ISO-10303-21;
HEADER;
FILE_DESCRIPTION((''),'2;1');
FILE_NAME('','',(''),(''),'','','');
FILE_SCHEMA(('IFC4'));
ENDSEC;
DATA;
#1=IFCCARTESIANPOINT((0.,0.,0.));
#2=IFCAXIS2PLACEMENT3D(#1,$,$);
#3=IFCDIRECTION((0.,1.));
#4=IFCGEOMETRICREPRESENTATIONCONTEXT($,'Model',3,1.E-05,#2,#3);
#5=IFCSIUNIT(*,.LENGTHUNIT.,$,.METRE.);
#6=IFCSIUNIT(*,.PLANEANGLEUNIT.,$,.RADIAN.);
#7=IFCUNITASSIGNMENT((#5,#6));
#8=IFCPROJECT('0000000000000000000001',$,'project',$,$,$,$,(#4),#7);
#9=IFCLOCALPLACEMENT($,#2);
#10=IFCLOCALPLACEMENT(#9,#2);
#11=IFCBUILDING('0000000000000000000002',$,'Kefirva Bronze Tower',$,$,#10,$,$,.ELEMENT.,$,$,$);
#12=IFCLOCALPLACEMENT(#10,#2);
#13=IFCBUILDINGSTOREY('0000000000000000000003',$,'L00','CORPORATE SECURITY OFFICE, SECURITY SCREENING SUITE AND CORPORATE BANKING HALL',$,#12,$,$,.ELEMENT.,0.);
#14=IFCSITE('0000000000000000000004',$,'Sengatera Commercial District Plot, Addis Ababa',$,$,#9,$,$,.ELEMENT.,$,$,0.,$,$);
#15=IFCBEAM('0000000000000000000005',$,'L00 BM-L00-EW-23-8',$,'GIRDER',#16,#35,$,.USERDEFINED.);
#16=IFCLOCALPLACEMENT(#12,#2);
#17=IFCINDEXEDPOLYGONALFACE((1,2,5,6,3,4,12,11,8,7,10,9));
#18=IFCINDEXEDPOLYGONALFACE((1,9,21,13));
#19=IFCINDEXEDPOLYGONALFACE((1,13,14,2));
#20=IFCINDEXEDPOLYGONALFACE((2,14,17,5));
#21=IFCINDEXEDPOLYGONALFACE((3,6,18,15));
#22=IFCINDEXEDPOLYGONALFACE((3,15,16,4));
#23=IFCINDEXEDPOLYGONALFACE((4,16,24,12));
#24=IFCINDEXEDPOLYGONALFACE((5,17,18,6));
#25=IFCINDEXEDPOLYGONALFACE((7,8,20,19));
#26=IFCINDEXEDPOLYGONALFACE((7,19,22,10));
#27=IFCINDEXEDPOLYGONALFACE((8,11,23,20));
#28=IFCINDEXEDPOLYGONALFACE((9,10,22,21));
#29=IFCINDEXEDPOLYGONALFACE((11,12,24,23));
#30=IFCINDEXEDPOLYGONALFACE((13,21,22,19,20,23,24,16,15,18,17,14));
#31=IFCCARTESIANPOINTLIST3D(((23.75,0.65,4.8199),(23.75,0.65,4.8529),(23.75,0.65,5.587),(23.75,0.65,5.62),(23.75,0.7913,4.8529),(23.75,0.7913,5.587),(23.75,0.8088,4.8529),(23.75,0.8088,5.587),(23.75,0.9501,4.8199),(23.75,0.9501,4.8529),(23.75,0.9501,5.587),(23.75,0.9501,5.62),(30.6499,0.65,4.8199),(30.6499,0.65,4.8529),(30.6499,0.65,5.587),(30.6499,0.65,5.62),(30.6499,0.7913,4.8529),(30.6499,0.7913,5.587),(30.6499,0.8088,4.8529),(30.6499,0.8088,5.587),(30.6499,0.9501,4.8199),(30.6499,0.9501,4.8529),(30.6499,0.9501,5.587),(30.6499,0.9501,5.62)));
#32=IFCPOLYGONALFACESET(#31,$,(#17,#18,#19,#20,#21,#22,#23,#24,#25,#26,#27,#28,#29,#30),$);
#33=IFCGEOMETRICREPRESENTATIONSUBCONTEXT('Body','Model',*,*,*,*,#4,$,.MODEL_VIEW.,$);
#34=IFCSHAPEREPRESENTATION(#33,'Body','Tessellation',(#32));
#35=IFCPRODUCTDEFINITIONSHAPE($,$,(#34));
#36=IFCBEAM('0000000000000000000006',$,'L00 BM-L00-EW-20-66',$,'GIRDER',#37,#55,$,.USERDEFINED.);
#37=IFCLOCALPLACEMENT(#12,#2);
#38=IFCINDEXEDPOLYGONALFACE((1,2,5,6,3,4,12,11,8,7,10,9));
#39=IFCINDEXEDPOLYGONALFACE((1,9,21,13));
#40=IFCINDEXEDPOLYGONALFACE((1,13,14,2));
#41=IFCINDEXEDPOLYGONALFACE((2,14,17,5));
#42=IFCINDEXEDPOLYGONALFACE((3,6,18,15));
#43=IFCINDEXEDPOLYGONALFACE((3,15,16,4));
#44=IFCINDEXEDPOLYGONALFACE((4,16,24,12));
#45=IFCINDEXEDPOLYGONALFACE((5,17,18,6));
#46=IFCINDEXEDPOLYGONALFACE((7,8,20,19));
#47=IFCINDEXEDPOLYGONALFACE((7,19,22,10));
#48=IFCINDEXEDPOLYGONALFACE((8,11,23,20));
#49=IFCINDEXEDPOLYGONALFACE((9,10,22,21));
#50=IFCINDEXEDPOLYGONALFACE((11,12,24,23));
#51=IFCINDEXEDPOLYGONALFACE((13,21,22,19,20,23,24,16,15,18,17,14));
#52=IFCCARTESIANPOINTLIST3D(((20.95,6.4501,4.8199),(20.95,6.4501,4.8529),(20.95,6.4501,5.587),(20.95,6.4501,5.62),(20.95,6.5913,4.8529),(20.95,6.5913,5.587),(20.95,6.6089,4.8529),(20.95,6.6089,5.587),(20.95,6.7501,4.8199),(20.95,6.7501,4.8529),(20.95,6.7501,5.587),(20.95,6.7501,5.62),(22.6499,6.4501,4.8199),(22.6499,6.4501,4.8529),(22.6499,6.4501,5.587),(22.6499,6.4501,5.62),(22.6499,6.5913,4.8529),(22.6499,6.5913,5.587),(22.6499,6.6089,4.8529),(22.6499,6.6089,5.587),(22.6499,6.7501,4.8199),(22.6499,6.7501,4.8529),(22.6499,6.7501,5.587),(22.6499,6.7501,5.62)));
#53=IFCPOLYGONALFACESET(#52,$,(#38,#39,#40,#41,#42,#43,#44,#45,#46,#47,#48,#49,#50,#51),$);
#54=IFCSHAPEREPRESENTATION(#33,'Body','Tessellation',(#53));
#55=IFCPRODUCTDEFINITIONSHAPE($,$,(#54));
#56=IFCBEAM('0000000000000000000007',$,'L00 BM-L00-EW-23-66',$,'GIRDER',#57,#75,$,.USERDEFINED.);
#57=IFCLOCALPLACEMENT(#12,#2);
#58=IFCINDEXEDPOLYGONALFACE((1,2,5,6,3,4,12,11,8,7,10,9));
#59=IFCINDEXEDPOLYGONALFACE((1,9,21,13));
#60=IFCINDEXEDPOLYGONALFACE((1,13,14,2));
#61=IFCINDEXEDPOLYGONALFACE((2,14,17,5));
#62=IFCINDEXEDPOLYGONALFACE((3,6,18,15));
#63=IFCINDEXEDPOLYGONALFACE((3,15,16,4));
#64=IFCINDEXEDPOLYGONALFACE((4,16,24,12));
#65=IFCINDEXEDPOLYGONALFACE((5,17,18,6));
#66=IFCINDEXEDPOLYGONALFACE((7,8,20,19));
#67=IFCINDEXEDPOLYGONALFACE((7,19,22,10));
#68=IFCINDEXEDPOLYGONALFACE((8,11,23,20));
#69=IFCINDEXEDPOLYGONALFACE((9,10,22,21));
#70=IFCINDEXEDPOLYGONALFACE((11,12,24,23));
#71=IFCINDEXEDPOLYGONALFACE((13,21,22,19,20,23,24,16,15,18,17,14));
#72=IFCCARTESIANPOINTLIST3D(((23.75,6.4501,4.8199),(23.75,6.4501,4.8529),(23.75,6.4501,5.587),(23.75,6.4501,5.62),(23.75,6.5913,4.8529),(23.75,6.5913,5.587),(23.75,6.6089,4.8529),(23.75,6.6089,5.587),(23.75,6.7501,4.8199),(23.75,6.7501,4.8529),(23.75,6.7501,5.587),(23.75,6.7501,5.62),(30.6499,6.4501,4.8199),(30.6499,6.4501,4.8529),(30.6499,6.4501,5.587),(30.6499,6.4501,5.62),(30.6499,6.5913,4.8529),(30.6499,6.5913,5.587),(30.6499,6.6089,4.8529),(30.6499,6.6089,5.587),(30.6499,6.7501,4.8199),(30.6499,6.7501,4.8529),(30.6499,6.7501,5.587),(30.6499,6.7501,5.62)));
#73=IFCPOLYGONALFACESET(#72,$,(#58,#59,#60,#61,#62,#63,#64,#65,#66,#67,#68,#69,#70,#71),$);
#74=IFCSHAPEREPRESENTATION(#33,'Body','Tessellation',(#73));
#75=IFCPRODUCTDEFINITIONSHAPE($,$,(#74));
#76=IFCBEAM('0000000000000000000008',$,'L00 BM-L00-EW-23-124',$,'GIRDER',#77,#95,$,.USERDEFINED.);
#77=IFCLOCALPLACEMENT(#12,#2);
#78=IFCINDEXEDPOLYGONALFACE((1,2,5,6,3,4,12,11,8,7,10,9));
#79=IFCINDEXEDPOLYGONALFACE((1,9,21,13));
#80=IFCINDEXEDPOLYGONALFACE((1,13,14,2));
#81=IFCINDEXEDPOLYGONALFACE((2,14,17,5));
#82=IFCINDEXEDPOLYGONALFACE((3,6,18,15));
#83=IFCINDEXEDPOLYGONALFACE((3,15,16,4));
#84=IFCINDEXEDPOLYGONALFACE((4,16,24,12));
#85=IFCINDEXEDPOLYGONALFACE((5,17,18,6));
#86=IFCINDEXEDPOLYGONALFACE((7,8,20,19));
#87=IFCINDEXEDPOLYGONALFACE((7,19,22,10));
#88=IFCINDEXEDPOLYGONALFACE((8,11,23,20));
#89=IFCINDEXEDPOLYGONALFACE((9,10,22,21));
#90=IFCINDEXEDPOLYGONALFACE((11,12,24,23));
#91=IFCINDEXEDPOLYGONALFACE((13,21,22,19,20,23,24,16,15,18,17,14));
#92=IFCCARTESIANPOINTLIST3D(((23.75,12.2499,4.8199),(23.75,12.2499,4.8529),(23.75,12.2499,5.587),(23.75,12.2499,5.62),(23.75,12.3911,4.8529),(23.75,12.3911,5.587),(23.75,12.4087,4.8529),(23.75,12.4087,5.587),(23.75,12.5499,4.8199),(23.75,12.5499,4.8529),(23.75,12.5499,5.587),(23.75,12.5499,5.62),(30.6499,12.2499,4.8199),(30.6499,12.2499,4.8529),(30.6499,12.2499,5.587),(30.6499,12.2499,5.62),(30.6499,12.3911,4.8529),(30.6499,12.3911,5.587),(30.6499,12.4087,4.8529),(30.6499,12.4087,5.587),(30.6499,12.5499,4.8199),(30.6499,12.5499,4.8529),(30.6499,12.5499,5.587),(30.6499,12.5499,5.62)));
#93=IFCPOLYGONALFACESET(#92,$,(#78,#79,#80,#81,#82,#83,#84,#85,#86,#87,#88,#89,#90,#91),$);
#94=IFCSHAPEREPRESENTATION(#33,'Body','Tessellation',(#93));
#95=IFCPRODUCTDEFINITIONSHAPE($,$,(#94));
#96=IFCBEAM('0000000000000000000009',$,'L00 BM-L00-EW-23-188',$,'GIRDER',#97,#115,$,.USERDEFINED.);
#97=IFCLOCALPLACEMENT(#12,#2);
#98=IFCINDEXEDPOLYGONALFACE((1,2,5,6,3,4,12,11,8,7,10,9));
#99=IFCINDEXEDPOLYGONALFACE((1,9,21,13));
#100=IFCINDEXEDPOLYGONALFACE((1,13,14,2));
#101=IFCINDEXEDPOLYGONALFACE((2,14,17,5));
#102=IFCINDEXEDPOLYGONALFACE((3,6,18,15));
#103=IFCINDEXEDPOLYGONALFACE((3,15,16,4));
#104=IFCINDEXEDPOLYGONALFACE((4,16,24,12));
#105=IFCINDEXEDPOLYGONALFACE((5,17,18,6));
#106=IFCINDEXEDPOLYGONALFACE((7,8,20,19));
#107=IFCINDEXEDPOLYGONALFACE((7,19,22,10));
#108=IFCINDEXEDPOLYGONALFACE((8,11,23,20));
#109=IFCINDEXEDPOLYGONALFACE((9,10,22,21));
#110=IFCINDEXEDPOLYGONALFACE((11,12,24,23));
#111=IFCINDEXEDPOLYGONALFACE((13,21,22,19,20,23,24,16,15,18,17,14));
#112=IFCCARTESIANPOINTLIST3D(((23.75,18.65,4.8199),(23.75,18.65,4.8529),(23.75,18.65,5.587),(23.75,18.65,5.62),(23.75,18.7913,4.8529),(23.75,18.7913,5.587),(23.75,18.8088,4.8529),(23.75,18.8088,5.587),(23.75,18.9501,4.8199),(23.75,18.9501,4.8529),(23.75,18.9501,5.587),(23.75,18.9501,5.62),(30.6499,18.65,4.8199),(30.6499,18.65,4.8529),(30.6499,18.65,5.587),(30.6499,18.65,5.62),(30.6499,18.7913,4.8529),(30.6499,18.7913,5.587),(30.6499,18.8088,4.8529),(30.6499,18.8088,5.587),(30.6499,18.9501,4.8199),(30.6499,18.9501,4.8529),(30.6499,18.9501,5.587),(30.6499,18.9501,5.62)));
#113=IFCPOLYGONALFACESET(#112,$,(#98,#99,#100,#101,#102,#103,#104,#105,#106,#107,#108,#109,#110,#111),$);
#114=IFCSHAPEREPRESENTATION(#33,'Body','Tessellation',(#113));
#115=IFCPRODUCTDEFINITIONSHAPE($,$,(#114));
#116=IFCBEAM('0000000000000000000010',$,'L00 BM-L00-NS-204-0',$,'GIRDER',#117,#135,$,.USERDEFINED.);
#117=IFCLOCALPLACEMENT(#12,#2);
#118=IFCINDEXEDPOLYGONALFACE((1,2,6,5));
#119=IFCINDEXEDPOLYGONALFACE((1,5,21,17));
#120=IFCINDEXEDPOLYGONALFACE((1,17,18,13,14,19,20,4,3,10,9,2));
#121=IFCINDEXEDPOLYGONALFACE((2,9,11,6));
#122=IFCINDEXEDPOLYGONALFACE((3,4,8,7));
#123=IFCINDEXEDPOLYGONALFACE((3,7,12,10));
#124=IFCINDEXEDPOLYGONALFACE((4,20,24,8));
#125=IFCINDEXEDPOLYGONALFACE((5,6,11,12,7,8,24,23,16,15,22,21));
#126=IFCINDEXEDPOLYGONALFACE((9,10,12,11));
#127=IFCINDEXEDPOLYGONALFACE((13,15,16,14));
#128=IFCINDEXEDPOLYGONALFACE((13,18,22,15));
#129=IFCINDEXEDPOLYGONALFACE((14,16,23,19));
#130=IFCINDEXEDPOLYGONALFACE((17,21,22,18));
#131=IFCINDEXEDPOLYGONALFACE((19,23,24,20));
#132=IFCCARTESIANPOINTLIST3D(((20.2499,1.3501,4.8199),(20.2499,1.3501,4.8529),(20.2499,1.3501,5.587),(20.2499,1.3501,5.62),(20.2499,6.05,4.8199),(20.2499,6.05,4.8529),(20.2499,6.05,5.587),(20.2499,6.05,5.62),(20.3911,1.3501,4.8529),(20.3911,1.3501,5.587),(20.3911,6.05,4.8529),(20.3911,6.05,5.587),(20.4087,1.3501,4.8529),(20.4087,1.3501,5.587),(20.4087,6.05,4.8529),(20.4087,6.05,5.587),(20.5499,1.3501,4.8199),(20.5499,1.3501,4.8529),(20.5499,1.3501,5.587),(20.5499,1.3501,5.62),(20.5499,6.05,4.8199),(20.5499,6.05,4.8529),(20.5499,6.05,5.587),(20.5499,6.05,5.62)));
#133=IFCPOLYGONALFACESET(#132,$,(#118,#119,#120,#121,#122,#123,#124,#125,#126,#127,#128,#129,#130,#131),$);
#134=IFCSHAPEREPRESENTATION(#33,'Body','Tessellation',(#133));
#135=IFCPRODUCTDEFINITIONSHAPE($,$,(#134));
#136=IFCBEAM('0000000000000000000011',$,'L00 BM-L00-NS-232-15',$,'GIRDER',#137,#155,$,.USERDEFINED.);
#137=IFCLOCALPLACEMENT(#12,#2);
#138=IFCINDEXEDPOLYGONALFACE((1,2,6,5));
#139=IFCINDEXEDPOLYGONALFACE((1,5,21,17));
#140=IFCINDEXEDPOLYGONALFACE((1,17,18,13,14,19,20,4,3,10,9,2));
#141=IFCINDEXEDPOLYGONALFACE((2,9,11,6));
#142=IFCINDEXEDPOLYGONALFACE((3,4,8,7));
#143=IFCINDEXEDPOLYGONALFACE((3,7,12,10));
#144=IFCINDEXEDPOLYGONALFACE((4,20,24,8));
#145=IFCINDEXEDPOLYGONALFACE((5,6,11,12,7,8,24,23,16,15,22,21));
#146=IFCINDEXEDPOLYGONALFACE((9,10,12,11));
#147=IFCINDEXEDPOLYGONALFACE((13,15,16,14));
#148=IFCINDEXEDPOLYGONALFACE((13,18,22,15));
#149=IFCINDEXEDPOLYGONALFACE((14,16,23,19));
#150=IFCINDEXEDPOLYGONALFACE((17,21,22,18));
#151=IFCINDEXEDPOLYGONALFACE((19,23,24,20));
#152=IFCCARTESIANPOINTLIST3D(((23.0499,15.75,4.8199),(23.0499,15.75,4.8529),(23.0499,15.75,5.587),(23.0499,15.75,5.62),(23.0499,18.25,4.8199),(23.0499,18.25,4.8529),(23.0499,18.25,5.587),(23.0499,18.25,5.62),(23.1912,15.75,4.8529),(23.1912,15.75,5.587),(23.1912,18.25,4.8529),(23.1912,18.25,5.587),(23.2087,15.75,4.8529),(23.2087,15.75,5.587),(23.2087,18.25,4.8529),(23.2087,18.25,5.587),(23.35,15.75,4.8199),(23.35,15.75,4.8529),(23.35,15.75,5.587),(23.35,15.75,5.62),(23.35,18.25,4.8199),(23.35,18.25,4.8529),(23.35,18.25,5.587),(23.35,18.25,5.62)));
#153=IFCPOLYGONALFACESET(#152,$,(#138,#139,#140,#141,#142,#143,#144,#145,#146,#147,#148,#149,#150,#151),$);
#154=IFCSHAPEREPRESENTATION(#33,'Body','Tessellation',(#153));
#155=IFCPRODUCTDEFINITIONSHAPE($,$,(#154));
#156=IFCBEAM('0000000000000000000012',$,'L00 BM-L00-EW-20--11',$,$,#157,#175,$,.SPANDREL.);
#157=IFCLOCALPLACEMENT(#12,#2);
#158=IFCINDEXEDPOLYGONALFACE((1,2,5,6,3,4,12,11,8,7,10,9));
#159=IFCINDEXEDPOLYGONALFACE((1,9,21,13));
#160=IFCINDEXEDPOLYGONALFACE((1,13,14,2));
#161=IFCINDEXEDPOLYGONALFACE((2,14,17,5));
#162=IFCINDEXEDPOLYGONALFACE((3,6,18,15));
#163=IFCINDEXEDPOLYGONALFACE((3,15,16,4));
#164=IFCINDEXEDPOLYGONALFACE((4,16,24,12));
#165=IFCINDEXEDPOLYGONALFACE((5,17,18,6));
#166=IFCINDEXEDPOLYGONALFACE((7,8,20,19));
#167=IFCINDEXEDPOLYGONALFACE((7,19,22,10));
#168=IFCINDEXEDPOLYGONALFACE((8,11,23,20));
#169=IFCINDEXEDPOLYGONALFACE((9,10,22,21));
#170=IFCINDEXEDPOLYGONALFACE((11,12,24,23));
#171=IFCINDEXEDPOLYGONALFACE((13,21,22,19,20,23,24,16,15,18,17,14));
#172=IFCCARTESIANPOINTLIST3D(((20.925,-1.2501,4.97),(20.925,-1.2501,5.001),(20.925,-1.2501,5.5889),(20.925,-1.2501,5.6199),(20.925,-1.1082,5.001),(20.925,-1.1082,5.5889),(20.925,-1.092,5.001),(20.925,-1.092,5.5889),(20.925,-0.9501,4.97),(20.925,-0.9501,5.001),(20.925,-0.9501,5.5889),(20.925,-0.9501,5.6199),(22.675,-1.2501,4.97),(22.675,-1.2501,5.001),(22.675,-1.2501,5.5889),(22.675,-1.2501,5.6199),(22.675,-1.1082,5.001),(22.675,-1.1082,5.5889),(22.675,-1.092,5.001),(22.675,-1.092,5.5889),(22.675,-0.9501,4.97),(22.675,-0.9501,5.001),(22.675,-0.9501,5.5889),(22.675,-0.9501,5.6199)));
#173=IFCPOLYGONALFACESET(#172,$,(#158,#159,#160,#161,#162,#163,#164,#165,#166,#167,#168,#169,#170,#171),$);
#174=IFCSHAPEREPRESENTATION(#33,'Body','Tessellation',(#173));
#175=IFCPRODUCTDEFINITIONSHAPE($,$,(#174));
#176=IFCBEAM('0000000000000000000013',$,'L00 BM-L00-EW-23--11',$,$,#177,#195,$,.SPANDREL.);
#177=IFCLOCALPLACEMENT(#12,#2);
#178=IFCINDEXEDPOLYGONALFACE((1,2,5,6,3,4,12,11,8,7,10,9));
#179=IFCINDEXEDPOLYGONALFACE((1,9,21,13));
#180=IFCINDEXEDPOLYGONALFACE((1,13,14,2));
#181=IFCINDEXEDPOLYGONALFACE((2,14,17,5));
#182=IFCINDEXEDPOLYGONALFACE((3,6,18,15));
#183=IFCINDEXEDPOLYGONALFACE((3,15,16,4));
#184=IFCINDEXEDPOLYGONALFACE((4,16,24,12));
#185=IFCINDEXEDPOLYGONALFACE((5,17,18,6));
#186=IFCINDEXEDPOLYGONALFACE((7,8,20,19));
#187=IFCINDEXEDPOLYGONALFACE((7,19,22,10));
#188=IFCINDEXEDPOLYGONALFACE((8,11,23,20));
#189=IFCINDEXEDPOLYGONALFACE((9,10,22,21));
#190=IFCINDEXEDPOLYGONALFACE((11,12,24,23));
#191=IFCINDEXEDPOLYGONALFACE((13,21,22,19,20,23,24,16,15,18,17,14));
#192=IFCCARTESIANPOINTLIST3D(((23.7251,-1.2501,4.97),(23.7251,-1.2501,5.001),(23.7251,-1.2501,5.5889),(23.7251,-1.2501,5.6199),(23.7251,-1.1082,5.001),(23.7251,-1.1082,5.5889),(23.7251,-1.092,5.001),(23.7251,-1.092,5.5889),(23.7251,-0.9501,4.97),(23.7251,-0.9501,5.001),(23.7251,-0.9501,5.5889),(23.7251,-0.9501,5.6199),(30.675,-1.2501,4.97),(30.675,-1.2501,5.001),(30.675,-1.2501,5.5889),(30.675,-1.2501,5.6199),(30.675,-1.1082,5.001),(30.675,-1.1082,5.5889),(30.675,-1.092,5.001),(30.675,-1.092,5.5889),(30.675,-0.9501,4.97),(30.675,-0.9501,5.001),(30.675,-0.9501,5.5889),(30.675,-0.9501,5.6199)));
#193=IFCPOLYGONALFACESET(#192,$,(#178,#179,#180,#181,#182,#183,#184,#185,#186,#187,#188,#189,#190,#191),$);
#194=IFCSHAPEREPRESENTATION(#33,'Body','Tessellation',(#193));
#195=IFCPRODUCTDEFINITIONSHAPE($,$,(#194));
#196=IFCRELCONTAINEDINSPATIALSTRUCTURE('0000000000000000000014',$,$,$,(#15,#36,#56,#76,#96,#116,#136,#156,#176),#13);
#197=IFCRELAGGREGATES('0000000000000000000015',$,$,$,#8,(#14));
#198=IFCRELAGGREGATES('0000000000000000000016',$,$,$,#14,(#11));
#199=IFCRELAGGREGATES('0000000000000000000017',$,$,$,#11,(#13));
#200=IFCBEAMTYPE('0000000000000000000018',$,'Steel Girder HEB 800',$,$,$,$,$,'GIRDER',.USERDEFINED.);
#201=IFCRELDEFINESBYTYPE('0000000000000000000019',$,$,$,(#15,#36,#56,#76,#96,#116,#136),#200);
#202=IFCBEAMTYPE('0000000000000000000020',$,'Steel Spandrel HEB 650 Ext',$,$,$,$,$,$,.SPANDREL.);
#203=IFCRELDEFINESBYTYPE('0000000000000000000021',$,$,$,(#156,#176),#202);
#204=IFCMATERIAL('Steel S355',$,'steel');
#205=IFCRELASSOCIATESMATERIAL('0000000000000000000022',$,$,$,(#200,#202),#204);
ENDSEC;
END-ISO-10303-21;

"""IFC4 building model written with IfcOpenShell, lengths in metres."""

from ifc_helpers import new_model, si_unit, direction, frame, origin, origin_2d, place, context, subcontext, project, spatial, i_section, extrude, material, material_profile, profile_set, type_object, element, save


model = new_model("IFC4")

# Units and contexts
model_context = context("Model", 3, precision=1e-05, world=origin(), true_north=direction((0.0, 1.0)))
body_context = subcontext(model_context, "Body", "Model", "MODEL_VIEW")
ifc_project = project(units=[si_unit("LENGTHUNIT", "METRE"), si_unit("PLANEANGLEUNIT", "RADIAN")], contexts=[model_context])

# Site, building, storey
site_placement = place(None, origin())
site = spatial("IfcSite", under=ifc_project, at=site_placement, Name="Sengatera Commercial District Plot, Addis Ababa", CompositionType="ELEMENT", RefElevation=0.0)
building_placement = place(site_placement, origin())
building = spatial("IfcBuilding", under=site, at=building_placement, Name="Kefirva Bronze Tower", CompositionType="ELEMENT")
storey_placement = place(building_placement, origin())
storey = spatial("IfcBuildingStorey", under=building, at=storey_placement, Name="L00", Description="CORPORATE SECURITY OFFICE, SECURITY SCREENING SUITE AND CORPORATE BANKING HALL", CompositionType="ELEMENT", Elevation=0.0)

# Beams
ifc_material_1 = material(Name="Steel S355", Category="steel")
ifc_material_profile_1 = material_profile(ifc_material_1, i_section(OverallWidth=0.3, OverallDepth=0.8, WebThickness=0.0176, FlangeThickness=0.033, at=origin_2d()), Name="HEB 800")
ifc_profile_set_1 = profile_set([ifc_material_profile_1], Name="Steel S355")
beam_type_1 = type_object("IfcBeamType", Name="Steel Girder HEB 800", ElementType="GIRDER", PredefinedType="USERDEFINED", material=ifc_profile_set_1)
beam_1_placement = place(storey_placement, frame((23.75, 0.8, 5.22), z_axis=(1.0, 0.0, 0.0), x_axis=(0.0, 1.0, 0.0)))
element("IfcBeam", 1, at=beam_1_placement, inside=storey, type_object=beam_type_1, Name="L00 BM-L00-EW-23-8", ObjectType="GIRDER", PredefinedType="USERDEFINED", context=body_context, shape_type="SweptSolid", body=[
    extrude(i_section(OverallWidth=0.3, OverallDepth=0.8, WebThickness=0.0176, FlangeThickness=0.033, at=origin_2d()), origin(), (0.0, 0.0, 1.0), 6.8999),
])
beam_2_placement = place(storey_placement, frame((20.95, 6.6001, 5.22), z_axis=(1.0, 0.0, 0.0), x_axis=(0.0, 1.0, 0.0)))
element("IfcBeam", 2, at=beam_2_placement, inside=storey, type_object=beam_type_1, Name="L00 BM-L00-EW-20-66", ObjectType="GIRDER", PredefinedType="USERDEFINED", context=body_context, shape_type="SweptSolid", body=[
    extrude(i_section(OverallWidth=0.3, OverallDepth=0.8, WebThickness=0.0176, FlangeThickness=0.033, at=origin_2d()), origin(), (0.0, 0.0, 1.0), 1.7),
])
for number, where, z_axis, x_axis, name in (
    (3, (23.75, 6.6001, 5.22), (1.0, 0.0, 0.0), (0.0, 1.0, 0.0), "L00 BM-L00-EW-23-66"),
    (4, (23.75, 12.3999, 5.22), (1.0, 0.0, 0.0), (0.0, 1.0, 0.0), "L00 BM-L00-EW-23-124"),
    (5, (23.75, 18.8, 5.22), (1.0, 0.0, 0.0), (0.0, 1.0, 0.0), "L00 BM-L00-EW-23-188"),
):
    element("IfcBeam", number, at=place(storey_placement, frame(where, z_axis=z_axis, x_axis=x_axis)), inside=storey, type_object=beam_type_1, Name=name, ObjectType="GIRDER", PredefinedType="USERDEFINED", context=body_context, shape_type="SweptSolid", body=[
        extrude(i_section(OverallWidth=0.3, OverallDepth=0.8, WebThickness=0.0176, FlangeThickness=0.033, at=origin_2d()), origin(), (0.0, 0.0, 1.0), 6.8999),
    ])
beam_3_placement = place(storey_placement, frame((20.3999, 1.3501, 5.22), z_axis=(0.0, 1.0, 0.0), x_axis=(-1.0, 0.0, 0.0)))
element("IfcBeam", 6, at=beam_3_placement, inside=storey, type_object=beam_type_1, Name="L00 BM-L00-NS-204-0", ObjectType="GIRDER", PredefinedType="USERDEFINED", context=body_context, shape_type="SweptSolid", body=[
    extrude(i_section(OverallWidth=0.3, OverallDepth=0.8, WebThickness=0.0176, FlangeThickness=0.033, at=origin_2d()), origin(), (0.0, 0.0, 1.0), 4.7),
])
beam_4_placement = place(storey_placement, frame((23.2, 15.75, 5.22), z_axis=(0.0, 1.0, 0.0), x_axis=(-1.0, 0.0, 0.0)))
element("IfcBeam", 7, at=beam_4_placement, inside=storey, type_object=beam_type_1, Name="L00 BM-L00-NS-232-15", ObjectType="GIRDER", PredefinedType="USERDEFINED", context=body_context, shape_type="SweptSolid", body=[
    extrude(i_section(OverallWidth=0.3, OverallDepth=0.8, WebThickness=0.0176, FlangeThickness=0.033, at=origin_2d()), origin(), (0.0, 0.0, 1.0), 2.5),
])
ifc_material_profile_2 = material_profile(ifc_material_1, i_section(OverallWidth=0.3, OverallDepth=0.6499, WebThickness=0.0161, FlangeThickness=0.031, at=origin_2d()), Name="HEB 650")
ifc_profile_set_2 = profile_set([ifc_material_profile_2], Name="Steel S355")
beam_type_2 = type_object("IfcBeamType", Name="Steel Spandrel HEB 650 Ext", PredefinedType="SPANDREL", material=ifc_profile_set_2)
beam_5_placement = place(storey_placement, frame((20.925, -1.1001, 5.2949), z_axis=(1.0, 0.0, 0.0), x_axis=(0.0, 1.0, 0.0)))
element("IfcBeam", 8, at=beam_5_placement, inside=storey, type_object=beam_type_2, Name="L00 BM-L00-EW-20--11", PredefinedType="SPANDREL", context=body_context, shape_type="SweptSolid", body=[
    extrude(i_section(OverallWidth=0.3, OverallDepth=0.6499, WebThickness=0.0161, FlangeThickness=0.031, at=origin_2d()), origin(), (0.0, 0.0, 1.0), 1.75),
])
beam_6_placement = place(storey_placement, frame((23.7251, -1.1001, 5.2949), z_axis=(1.0, 0.0, 0.0), x_axis=(0.0, 1.0, 0.0)))
element("IfcBeam", 9, at=beam_6_placement, inside=storey, type_object=beam_type_2, Name="L00 BM-L00-EW-23--11", PredefinedType="SPANDREL", context=body_context, shape_type="SweptSolid", body=[
    extrude(i_section(OverallWidth=0.3, OverallDepth=0.6499, WebThickness=0.0161, FlangeThickness=0.031, at=origin_2d()), origin(), (0.0, 0.0, 1.0), 6.95),
])

save(model, "model.ifc")
